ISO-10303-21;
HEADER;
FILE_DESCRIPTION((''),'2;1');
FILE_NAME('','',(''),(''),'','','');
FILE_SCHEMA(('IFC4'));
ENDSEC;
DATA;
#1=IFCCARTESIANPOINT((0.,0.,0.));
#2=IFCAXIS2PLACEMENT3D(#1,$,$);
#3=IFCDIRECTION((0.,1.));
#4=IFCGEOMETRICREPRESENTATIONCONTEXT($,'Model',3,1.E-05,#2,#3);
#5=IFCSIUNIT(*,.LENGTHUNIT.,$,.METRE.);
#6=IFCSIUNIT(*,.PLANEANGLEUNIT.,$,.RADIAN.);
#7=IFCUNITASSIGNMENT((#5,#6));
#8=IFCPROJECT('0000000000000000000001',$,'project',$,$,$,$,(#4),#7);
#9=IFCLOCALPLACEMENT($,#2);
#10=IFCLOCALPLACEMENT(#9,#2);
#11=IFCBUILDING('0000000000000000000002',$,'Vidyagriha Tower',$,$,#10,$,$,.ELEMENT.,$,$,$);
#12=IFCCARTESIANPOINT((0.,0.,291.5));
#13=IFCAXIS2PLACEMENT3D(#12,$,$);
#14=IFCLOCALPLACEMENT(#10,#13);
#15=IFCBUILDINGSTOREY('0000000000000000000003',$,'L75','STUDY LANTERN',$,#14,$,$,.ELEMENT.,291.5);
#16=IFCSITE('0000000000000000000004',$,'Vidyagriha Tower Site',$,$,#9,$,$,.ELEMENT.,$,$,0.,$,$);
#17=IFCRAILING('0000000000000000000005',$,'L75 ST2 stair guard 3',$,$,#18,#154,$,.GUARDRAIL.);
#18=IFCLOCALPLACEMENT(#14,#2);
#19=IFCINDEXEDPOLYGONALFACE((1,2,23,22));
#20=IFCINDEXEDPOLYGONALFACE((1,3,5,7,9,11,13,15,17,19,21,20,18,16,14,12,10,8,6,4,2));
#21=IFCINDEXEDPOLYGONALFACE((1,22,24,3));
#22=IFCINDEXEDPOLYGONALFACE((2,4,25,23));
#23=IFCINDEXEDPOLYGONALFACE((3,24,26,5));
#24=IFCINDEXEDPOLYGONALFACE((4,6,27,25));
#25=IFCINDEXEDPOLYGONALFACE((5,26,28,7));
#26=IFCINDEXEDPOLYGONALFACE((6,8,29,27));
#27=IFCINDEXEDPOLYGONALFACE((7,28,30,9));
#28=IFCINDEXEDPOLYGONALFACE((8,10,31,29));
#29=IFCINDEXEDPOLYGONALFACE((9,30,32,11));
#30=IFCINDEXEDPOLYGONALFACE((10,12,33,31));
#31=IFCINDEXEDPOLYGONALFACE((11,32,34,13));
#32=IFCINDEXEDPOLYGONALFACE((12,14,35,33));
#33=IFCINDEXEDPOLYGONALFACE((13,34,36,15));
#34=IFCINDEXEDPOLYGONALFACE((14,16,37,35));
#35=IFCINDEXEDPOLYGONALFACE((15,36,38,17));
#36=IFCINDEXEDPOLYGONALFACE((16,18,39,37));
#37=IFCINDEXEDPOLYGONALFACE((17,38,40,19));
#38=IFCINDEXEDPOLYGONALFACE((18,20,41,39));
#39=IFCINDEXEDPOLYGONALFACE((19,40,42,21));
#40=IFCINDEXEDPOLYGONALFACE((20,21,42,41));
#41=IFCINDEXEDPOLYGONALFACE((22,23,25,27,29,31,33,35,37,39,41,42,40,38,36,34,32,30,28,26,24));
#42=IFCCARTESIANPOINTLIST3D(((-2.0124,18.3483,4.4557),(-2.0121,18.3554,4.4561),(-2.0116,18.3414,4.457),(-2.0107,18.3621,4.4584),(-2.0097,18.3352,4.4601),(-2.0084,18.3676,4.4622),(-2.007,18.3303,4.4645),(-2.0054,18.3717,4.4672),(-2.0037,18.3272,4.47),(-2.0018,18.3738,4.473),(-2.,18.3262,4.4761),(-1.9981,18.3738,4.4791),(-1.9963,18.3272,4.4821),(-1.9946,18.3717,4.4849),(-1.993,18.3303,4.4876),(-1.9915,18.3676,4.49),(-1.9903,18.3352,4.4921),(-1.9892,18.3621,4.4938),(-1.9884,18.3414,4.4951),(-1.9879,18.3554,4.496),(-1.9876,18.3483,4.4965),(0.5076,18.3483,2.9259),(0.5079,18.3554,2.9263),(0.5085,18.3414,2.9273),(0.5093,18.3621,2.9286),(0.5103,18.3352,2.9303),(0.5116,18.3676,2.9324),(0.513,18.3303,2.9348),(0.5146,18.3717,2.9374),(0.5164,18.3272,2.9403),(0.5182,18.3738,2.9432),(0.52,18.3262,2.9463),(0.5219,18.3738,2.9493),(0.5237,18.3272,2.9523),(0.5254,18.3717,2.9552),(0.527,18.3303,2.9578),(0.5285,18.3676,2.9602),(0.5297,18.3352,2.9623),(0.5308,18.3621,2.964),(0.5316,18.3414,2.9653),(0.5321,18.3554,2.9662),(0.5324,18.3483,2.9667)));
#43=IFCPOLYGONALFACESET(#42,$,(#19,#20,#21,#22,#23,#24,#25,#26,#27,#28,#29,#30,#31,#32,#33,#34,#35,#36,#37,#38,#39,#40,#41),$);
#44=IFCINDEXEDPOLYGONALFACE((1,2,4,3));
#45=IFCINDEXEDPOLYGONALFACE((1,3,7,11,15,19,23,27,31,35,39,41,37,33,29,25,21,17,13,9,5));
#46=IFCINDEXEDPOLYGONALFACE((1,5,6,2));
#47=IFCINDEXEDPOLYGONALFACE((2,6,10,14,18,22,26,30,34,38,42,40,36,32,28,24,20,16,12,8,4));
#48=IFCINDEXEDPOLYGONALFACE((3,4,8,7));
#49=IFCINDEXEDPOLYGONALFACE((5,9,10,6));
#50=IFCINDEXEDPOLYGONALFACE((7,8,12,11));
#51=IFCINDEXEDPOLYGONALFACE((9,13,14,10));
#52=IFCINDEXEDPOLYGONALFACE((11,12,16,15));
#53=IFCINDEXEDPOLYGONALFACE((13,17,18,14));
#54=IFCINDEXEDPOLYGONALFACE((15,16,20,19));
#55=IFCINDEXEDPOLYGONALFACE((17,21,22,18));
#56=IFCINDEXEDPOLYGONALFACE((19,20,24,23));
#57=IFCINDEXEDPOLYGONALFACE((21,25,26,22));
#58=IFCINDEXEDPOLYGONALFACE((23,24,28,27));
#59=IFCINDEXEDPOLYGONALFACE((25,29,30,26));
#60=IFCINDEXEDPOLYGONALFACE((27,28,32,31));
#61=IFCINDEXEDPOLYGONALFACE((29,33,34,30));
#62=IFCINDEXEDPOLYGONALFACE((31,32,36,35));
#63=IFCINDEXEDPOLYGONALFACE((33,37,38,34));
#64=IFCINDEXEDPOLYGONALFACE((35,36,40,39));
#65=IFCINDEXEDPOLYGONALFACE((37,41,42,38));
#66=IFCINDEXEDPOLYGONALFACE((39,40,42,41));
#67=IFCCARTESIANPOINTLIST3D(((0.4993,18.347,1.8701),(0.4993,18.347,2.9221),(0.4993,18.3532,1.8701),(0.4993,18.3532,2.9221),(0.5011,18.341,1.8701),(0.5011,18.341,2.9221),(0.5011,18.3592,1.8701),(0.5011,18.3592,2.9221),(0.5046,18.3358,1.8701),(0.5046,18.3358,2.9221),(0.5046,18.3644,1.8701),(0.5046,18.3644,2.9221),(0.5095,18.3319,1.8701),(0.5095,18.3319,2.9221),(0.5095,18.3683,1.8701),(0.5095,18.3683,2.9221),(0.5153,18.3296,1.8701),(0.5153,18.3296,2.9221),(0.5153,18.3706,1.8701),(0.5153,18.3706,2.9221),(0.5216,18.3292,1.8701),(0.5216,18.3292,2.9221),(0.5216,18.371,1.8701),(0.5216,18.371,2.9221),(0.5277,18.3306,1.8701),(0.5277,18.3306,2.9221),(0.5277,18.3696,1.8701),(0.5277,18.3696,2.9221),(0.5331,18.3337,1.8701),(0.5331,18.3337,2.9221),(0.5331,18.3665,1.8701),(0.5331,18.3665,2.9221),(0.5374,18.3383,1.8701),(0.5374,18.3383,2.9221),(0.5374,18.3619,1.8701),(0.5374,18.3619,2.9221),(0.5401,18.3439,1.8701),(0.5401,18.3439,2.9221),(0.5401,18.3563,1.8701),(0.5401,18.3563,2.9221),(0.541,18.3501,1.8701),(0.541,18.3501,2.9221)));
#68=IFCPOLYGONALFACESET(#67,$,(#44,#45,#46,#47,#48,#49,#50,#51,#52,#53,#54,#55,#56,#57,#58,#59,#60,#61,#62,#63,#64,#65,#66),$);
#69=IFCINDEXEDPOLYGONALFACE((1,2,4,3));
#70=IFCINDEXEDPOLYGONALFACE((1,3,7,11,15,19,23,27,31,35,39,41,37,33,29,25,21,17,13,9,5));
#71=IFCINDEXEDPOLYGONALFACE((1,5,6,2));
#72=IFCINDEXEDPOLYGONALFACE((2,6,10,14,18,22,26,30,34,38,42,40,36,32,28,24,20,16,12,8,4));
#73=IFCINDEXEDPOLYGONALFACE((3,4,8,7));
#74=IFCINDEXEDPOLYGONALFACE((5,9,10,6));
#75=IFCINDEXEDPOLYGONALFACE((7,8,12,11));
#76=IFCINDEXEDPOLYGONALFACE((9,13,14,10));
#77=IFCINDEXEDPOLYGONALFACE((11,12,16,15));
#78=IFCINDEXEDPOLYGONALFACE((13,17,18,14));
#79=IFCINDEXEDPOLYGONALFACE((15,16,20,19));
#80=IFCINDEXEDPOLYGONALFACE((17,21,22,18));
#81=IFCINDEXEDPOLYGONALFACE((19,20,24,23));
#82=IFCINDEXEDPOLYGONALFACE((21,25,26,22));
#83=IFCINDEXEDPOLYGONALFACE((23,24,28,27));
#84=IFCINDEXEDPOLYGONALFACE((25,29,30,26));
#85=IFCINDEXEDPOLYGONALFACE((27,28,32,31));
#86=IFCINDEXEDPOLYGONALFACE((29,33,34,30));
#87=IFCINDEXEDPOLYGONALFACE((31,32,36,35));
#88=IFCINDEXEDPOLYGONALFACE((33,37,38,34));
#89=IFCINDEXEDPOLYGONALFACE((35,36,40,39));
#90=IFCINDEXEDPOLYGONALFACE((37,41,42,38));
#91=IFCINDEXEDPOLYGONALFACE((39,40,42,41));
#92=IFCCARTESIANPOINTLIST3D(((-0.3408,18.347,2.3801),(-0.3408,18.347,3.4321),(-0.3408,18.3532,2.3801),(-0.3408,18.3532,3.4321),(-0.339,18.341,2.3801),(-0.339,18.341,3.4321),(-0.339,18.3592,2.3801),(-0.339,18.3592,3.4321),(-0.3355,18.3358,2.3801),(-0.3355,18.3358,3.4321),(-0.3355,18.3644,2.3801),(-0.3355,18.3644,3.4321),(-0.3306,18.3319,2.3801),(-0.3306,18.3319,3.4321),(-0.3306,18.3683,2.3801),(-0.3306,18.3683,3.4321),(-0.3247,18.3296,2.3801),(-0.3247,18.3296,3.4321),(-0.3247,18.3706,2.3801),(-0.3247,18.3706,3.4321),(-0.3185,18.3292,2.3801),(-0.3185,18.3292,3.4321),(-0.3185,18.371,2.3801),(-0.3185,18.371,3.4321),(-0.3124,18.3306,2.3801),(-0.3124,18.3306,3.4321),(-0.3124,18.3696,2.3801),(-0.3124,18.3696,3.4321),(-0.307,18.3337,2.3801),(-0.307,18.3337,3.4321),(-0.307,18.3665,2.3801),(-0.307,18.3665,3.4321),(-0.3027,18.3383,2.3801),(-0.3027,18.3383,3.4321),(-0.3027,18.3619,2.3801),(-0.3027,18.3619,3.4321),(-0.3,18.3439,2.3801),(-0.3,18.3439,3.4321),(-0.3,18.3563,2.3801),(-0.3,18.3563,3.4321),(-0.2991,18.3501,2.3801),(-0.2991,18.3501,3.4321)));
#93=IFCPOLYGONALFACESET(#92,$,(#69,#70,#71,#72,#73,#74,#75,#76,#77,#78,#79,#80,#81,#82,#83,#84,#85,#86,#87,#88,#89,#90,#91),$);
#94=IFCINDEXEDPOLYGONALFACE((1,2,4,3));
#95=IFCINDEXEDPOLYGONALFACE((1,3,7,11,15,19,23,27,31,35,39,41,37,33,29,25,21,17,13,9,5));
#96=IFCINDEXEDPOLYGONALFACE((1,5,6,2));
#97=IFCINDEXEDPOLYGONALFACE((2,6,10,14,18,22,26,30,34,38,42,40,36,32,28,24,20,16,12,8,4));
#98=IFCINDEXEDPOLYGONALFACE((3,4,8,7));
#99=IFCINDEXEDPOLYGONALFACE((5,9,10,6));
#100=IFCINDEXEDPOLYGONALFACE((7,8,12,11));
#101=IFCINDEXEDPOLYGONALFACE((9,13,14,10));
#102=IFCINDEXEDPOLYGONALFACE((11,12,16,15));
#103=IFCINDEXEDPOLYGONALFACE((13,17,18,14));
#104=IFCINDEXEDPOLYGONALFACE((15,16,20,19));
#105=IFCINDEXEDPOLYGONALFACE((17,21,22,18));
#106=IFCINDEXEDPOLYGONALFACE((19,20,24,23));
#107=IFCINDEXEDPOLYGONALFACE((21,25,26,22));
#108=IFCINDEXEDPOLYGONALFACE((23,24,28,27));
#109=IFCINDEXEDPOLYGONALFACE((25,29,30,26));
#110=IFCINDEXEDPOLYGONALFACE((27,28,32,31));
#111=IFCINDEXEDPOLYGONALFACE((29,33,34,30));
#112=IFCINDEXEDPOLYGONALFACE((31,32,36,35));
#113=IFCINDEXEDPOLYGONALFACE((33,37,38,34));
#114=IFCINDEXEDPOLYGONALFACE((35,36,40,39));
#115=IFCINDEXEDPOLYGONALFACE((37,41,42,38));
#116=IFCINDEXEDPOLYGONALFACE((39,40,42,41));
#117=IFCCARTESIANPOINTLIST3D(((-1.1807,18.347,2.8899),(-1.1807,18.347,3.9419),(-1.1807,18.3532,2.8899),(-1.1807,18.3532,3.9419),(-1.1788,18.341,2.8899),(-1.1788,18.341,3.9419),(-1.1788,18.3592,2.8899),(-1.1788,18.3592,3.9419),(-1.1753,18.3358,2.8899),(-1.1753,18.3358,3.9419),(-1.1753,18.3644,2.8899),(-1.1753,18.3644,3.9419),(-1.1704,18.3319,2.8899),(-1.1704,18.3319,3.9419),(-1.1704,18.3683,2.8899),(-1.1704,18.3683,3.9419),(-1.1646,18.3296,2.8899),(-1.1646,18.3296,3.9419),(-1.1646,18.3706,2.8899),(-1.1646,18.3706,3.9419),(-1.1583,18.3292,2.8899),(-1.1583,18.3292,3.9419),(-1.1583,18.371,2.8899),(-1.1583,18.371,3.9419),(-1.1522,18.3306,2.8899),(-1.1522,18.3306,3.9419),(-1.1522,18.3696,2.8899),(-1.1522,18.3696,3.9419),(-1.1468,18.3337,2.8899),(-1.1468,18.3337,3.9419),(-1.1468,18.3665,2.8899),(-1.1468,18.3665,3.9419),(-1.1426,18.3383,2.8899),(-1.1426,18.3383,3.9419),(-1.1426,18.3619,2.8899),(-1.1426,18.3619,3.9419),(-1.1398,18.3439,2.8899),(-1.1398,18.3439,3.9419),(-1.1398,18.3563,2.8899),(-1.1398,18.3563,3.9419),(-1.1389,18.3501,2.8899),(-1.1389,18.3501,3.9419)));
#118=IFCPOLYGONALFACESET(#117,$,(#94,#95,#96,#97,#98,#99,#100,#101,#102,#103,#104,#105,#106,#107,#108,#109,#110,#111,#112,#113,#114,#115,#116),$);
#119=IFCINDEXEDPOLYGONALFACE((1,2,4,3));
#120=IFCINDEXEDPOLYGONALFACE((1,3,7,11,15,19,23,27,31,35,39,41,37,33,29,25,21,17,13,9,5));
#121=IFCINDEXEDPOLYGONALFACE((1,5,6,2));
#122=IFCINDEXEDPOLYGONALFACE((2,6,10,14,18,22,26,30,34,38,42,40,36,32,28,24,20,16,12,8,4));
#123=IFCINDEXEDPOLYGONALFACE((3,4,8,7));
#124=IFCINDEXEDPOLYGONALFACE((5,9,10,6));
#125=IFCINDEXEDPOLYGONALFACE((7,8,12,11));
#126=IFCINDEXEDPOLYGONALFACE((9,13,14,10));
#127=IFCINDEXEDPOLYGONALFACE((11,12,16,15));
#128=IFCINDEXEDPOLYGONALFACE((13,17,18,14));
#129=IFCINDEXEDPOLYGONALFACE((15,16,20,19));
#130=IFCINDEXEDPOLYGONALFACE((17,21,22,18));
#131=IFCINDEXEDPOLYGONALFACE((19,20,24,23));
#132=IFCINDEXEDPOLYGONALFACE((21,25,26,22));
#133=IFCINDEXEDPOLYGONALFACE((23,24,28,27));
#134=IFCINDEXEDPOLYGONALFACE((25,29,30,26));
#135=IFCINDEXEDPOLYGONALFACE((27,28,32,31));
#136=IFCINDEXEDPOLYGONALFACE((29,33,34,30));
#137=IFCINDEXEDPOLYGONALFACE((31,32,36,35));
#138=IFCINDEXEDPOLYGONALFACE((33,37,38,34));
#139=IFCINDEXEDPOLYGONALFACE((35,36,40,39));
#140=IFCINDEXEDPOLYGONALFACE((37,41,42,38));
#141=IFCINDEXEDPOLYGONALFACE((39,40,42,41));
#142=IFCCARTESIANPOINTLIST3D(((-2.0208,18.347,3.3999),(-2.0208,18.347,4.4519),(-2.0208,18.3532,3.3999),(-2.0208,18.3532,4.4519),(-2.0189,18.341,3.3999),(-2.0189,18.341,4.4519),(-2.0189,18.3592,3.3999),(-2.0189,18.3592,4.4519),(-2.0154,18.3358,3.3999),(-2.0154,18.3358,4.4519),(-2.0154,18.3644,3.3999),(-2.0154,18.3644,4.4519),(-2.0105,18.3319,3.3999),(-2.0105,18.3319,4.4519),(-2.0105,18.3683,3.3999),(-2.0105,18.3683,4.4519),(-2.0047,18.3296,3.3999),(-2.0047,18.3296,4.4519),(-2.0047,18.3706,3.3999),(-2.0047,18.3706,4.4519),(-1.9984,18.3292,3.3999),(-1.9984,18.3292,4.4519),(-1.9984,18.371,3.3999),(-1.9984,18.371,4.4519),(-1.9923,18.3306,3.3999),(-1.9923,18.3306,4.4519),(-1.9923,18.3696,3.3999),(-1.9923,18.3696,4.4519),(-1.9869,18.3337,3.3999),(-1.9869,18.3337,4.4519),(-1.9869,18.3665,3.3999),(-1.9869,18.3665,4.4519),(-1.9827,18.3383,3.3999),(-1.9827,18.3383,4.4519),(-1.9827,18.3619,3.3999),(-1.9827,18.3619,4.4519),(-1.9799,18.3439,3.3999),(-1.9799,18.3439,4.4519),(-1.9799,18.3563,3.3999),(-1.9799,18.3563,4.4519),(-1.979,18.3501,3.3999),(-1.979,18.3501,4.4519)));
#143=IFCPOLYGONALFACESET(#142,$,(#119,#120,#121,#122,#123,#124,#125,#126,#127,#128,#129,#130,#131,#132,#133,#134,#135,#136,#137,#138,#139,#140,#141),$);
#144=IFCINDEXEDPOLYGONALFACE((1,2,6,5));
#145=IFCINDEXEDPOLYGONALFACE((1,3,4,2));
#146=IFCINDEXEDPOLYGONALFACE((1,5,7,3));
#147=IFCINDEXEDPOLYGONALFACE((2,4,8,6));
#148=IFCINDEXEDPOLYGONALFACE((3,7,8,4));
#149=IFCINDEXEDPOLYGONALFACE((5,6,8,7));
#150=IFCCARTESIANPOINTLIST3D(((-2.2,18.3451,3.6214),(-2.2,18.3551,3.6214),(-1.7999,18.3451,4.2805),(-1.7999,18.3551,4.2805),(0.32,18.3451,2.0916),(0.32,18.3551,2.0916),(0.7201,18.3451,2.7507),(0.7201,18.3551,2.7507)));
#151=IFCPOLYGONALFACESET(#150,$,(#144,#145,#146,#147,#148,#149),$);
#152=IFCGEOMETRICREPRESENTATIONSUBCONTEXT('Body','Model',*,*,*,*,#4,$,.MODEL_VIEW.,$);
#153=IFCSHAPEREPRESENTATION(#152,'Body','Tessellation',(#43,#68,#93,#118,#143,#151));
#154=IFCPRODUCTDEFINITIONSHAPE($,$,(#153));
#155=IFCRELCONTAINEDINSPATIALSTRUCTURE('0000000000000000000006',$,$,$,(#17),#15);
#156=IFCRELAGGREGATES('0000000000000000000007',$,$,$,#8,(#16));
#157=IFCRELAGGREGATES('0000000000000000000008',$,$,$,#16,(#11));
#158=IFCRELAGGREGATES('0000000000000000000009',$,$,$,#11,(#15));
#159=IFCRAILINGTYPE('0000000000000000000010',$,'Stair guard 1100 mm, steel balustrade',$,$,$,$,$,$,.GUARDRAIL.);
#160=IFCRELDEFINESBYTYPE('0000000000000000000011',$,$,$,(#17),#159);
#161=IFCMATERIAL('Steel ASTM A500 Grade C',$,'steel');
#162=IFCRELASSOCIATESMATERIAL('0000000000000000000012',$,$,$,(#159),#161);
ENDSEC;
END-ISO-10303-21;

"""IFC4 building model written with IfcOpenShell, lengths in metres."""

from ifc_helpers import new_model, si_unit, direction, frame, origin, origin_2d, place, context, subcontext, project, spatial, rectangle, circle, extrude, material, type_object, element, save


model = new_model("IFC4")

# Units and contexts
model_context = context("Model", 3, precision=1e-05, world=origin(), true_north=direction((0.0, 1.0)))
body_context = subcontext(model_context, "Body", "Model", "MODEL_VIEW")
ifc_project = project(units=[si_unit("LENGTHUNIT", "METRE"), si_unit("PLANEANGLEUNIT", "RADIAN")], contexts=[model_context])

# Site, building, storey
site_placement = place(None, origin())
site = spatial("IfcSite", under=ifc_project, at=site_placement, Name="Vidyagriha Tower Site", CompositionType="ELEMENT", RefElevation=0.0)
building_placement = place(site_placement, origin())
building = spatial("IfcBuilding", under=site, at=building_placement, Name="Vidyagriha Tower", CompositionType="ELEMENT")
storey_placement = place(building_placement, frame((0.0, 0.0, 291.5)))
storey = spatial("IfcBuildingStorey", under=building, at=storey_placement, Name="L75", Description="STUDY LANTERN", CompositionType="ELEMENT", Elevation=291.5)

# Railing
ifc_material_1 = material(Name="Steel ASTM A500 Grade C", Category="steel")
railing_type_1 = type_object("IfcRailingType", Name="Stair guard 1100 mm, steel balustrade", PredefinedType="GUARDRAIL", material=ifc_material_1)
railing_1_placement = place(storey_placement, frame((0.52, 18.3501, 1.8701)))
element("IfcRailing", 1, at=railing_1_placement, inside=storey, type_object=railing_type_1, Name="L75 ST2 stair guard 3", PredefinedType="GUARDRAIL", context=body_context, shape_type="SweptSolid", body=[
    extrude(circle(Radius=0.0239, at=origin_2d()), frame((0.0, 0.0, 1.0762), z_axis=(-0.854822, 0.0, 0.518922), x_axis=(0.0, -1.0, 0.0)), (0.0, 0.0, 1.0), 2.948),
    extrude(circle(Radius=0.021, at=origin_2d()), origin(), (0.0, 0.0, 1.0), 1.052),
    extrude(circle(Radius=0.021, at=origin_2d()), frame((-0.8401, 0.0, 0.51)), (0.0, 0.0, 1.0), 1.052),
    extrude(circle(Radius=0.021, at=origin_2d()), frame((-1.6799, 0.0, 1.0198)), (0.0, 0.0, 1.0), 1.052),
    extrude(circle(Radius=0.021, at=origin_2d()), frame((-2.52, 0.0, 1.5298)), (0.0, 0.0, 1.0), 1.052),
    extrude(rectangle(XDim=0.01, YDim=0.771, at=origin_2d()), frame((0.0, 0.0, 0.551), z_axis=(-0.854822, 0.0, 0.518922), x_axis=(0.0, -1.0, 0.0)), (0.0, 0.0, 1.0), 2.948),
])

save(model, "model.ifc")
